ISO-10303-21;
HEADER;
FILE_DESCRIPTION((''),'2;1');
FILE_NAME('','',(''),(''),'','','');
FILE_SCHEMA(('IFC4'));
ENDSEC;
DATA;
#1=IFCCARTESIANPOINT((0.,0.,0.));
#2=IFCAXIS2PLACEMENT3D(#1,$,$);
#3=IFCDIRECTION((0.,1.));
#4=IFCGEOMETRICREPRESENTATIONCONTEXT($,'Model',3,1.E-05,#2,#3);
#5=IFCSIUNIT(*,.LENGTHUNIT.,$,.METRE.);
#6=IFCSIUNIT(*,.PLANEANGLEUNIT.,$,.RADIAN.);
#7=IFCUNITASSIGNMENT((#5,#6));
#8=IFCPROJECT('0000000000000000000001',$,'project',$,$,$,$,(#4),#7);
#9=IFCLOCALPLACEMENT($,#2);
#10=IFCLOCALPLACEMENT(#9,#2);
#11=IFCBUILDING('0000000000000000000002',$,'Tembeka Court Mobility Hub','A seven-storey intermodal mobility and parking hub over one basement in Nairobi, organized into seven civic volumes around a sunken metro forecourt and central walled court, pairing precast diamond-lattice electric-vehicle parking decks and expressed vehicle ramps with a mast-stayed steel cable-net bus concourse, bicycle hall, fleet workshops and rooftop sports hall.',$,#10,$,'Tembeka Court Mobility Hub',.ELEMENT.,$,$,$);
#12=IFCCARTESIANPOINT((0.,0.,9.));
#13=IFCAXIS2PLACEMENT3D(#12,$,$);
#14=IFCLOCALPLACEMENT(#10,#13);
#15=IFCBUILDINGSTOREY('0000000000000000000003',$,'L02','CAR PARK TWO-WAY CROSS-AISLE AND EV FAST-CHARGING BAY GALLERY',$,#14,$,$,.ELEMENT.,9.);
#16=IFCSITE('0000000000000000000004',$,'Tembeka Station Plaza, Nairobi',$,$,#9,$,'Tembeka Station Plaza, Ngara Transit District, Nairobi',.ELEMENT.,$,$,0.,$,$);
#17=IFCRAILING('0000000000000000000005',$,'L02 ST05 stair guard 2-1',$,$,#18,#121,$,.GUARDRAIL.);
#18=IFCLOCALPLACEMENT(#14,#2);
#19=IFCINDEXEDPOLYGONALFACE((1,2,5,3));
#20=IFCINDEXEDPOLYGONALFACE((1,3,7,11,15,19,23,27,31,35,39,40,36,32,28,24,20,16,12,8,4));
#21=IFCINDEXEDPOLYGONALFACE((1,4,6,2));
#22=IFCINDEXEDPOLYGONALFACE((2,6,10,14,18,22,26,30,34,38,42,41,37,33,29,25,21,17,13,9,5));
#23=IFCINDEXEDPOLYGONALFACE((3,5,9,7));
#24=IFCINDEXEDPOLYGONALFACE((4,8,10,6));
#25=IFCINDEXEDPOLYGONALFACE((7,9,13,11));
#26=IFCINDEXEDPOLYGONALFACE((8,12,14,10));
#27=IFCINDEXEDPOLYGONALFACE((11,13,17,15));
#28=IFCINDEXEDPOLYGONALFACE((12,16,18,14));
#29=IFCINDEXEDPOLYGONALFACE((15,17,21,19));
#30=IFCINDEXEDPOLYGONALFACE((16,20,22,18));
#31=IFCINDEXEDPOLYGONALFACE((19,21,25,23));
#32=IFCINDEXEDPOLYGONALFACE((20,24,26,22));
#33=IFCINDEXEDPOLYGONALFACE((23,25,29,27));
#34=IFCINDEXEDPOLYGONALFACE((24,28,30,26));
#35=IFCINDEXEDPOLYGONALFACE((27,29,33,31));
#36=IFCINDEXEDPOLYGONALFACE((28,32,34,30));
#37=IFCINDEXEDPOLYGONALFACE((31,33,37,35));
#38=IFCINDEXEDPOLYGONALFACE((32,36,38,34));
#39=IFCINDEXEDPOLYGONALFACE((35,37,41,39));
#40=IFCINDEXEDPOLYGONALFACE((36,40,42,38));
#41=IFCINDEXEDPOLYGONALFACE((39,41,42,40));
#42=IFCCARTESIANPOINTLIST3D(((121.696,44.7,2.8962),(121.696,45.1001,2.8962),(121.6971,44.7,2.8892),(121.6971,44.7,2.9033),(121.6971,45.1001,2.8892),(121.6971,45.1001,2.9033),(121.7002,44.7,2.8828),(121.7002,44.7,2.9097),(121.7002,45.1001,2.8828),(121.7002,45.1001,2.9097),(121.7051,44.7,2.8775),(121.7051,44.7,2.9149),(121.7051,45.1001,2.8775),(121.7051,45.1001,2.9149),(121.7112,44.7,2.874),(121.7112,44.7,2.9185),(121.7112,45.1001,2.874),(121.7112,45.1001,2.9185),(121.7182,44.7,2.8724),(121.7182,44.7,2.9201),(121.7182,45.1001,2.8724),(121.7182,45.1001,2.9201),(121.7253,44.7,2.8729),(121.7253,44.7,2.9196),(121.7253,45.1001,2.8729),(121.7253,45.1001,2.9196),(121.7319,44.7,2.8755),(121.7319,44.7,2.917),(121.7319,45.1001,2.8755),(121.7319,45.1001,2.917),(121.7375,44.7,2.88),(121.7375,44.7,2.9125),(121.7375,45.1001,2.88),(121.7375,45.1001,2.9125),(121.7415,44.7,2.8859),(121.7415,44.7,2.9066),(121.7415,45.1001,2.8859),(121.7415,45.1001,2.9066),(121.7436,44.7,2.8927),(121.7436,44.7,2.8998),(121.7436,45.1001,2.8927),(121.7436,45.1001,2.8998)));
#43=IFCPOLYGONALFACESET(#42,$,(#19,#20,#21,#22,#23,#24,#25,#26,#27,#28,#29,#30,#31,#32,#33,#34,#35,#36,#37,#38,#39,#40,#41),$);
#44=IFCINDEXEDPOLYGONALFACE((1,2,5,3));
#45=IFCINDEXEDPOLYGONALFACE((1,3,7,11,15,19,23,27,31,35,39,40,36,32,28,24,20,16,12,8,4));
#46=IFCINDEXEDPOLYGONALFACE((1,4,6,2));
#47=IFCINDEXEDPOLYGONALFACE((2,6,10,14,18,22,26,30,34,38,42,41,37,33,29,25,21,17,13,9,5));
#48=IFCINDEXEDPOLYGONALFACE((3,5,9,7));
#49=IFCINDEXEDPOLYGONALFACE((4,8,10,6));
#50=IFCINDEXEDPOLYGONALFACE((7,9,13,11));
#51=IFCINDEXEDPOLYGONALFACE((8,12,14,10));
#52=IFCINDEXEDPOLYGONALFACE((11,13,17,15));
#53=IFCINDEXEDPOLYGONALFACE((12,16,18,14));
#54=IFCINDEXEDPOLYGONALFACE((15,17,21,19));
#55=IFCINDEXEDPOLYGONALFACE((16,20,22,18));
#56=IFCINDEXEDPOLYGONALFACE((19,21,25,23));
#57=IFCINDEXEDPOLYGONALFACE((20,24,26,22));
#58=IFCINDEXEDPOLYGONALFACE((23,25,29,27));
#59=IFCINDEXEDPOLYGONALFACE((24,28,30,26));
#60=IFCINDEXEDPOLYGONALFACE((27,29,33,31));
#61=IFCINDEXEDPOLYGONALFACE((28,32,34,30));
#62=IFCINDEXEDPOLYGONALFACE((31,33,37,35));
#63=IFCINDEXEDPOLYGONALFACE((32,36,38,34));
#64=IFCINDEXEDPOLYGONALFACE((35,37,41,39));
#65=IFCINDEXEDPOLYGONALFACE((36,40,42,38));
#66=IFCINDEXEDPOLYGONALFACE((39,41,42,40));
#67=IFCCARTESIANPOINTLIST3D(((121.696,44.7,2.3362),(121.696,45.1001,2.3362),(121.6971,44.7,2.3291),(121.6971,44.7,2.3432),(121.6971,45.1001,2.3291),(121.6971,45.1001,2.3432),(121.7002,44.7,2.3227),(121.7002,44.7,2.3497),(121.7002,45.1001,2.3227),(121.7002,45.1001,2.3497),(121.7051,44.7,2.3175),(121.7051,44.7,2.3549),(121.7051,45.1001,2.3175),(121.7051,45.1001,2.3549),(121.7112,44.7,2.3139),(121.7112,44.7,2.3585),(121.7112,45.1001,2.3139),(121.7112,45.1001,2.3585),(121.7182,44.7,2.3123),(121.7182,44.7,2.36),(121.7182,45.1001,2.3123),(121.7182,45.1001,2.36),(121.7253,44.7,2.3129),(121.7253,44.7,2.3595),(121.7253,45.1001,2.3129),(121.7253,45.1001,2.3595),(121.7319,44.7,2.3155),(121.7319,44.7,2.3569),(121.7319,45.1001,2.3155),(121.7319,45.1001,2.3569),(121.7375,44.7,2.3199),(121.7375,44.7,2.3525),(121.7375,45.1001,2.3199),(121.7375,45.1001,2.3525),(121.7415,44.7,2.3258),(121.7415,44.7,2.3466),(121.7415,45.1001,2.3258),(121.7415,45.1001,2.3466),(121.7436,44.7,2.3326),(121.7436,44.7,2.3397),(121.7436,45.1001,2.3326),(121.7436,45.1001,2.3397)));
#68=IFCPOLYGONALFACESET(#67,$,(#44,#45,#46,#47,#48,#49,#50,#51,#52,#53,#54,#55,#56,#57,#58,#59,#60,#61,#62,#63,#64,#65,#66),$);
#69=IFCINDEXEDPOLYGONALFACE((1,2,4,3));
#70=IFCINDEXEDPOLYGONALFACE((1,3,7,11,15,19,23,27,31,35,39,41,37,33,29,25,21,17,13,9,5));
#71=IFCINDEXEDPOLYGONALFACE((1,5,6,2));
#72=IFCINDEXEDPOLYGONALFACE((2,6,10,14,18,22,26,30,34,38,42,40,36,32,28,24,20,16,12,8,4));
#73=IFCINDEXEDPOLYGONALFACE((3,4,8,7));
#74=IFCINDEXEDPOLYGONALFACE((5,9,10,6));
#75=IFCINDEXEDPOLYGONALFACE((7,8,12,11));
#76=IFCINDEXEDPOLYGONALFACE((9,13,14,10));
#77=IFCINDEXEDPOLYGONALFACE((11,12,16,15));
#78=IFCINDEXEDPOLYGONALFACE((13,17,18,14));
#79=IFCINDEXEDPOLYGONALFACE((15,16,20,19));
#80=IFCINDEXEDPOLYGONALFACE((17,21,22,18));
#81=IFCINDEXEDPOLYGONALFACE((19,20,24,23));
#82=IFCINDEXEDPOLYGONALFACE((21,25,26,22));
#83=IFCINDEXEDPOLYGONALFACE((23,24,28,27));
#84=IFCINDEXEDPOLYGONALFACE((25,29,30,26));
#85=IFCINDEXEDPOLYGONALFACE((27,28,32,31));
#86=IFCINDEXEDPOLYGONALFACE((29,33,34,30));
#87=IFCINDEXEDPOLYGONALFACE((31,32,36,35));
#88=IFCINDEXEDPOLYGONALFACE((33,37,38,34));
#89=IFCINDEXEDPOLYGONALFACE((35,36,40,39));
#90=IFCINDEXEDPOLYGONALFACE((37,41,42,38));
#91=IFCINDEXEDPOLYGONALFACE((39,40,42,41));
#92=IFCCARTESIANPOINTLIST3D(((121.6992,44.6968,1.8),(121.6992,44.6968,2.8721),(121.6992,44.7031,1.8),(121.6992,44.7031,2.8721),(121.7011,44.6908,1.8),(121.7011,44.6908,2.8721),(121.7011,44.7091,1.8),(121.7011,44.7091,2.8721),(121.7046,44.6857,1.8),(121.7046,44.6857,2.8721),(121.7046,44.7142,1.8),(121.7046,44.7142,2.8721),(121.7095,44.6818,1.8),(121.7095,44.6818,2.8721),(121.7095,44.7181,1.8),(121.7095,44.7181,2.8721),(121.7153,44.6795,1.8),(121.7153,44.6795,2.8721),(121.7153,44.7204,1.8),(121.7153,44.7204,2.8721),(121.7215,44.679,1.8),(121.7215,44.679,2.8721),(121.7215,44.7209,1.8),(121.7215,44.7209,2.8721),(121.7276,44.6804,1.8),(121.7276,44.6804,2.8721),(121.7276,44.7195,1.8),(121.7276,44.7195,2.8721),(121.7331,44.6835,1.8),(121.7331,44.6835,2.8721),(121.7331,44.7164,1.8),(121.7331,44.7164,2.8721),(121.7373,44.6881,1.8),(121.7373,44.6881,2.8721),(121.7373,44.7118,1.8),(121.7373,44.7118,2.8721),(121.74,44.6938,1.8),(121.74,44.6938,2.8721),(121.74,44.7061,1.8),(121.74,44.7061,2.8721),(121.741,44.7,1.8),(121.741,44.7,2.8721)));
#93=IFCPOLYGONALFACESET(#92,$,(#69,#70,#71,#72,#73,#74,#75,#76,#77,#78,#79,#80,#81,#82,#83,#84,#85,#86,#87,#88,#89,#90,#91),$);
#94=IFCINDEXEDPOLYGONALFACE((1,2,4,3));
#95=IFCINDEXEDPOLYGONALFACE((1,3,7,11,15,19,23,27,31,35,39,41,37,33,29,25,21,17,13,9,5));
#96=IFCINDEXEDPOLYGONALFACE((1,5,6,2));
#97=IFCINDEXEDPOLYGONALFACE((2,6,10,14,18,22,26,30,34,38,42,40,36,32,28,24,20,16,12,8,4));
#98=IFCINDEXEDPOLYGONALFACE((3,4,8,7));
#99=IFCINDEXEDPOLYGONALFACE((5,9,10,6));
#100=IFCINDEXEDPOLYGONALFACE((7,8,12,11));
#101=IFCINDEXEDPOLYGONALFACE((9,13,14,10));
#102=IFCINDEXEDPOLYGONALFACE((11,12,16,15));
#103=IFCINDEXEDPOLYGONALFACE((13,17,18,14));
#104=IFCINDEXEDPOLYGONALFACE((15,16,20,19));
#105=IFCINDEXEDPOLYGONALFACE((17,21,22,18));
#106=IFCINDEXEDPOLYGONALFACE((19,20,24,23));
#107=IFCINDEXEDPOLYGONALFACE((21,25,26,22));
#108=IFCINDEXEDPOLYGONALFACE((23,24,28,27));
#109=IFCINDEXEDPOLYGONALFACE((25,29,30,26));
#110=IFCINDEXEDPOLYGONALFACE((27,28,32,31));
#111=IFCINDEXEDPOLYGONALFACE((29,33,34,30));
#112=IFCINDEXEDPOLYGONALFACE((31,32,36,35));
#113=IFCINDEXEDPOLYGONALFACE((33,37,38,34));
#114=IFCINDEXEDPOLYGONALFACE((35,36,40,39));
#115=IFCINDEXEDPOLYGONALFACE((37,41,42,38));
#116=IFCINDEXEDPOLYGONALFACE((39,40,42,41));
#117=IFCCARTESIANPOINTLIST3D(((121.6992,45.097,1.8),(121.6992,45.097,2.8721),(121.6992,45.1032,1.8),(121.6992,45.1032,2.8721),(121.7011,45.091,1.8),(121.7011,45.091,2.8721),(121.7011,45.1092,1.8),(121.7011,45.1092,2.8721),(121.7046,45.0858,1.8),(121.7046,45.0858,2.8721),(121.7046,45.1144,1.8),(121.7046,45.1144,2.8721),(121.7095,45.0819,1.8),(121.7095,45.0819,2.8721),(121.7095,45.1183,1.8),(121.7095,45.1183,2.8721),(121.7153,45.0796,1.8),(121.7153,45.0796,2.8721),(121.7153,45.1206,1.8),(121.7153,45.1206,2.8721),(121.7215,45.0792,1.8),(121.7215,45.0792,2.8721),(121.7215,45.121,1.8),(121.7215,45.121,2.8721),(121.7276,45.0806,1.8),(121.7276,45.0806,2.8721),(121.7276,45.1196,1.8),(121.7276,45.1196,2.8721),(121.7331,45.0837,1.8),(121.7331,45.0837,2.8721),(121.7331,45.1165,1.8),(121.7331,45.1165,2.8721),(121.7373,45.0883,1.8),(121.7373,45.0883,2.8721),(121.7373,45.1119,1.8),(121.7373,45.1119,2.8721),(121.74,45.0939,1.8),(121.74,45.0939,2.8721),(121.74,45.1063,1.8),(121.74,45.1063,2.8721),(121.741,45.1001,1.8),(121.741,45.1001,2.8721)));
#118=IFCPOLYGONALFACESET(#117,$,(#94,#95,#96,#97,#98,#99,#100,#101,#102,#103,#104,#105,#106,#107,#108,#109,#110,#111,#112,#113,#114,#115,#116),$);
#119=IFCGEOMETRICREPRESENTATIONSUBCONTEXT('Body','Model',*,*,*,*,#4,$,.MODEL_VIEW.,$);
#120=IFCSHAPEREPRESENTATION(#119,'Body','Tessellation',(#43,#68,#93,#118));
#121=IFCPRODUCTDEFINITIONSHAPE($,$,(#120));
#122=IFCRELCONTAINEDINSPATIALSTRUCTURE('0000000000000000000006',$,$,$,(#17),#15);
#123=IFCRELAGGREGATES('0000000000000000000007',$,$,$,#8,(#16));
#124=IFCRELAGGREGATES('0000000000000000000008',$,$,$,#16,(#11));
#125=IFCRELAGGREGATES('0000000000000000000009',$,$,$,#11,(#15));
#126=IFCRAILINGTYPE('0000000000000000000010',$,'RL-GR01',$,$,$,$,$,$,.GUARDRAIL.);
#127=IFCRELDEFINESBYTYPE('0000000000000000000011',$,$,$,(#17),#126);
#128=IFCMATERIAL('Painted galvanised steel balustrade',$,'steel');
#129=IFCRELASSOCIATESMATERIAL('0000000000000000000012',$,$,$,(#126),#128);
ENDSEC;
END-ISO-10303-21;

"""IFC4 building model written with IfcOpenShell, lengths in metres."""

from ifc_helpers import new_model, si_unit, direction, frame, origin, origin_2d, place, context, subcontext, project, spatial, circle, extrude, material, type_object, element, save


model = new_model("IFC4")

# Units and contexts
model_context = context("Model", 3, precision=1e-05, world=origin(), true_north=direction((0.0, 1.0)))
body_context = subcontext(model_context, "Body", "Model", "MODEL_VIEW")
ifc_project = project(units=[si_unit("LENGTHUNIT", "METRE"), si_unit("PLANEANGLEUNIT", "RADIAN")], contexts=[model_context])

# Site, building, storey
site_placement = place(None, origin())
site = spatial("IfcSite", under=ifc_project, at=site_placement, Name="Tembeka Station Plaza, Nairobi", LongName="Tembeka Station Plaza, Ngara Transit District, Nairobi", CompositionType="ELEMENT", RefElevation=0.0)
building_placement = place(site_placement, origin())
building = spatial("IfcBuilding", under=site, at=building_placement, Name="Tembeka Court Mobility Hub", Description="A seven-storey intermodal mobility and parking hub over one basement in Nairobi, organized into seven civic volumes around a sunken metro forecourt and central walled court, pairing precast diamond-lattice electric-vehicle parking decks and expressed vehicle ramps with a mast-stayed steel cable-net bus concourse, bicycle hall, fleet workshops and rooftop sports hall.", LongName="Tembeka Court Mobility Hub", CompositionType="ELEMENT")
storey_placement = place(building_placement, frame((0.0, 0.0, 9.0)))
storey = spatial("IfcBuildingStorey", under=building, at=storey_placement, Name="L02", Description="CAR PARK TWO-WAY CROSS-AISLE AND EV FAST-CHARGING BAY GALLERY", CompositionType="ELEMENT", Elevation=9.0)

# Railing
ifc_material_1 = material(Name="Painted galvanised steel balustrade", Category="steel")
railing_type_1 = type_object("IfcRailingType", Name="RL-GR01", PredefinedType="GUARDRAIL", material=ifc_material_1)
railing_1_placement = place(storey_placement, frame((121.72, 44.7, 1.8)))
element("IfcRailing", 1, at=railing_1_placement, inside=storey, type_object=railing_type_1, Name="L02 ST05 stair guard 2-1", PredefinedType="GUARDRAIL", context=body_context, shape_type="SweptSolid", body=[
    extrude(circle(Radius=0.0239, at=origin_2d()), frame((0.0, 0.0, 1.0962), z_axis=(0.0, 1.0, 0.0), x_axis=(-1.0, 0.0, 0.0)), (0.0, 0.0, 1.0), 0.4001),
    extrude(circle(Radius=0.0239, at=origin_2d()), frame((0.0, 0.0, 0.5361), z_axis=(0.0, 1.0, 0.0), x_axis=(-1.0, 0.0, 0.0)), (0.0, 0.0, 1.0), 0.4001),
    extrude(circle(Radius=0.021, at=origin_2d()), origin(), (0.0, 0.0, 1.0), 1.072),
    extrude(circle(Radius=0.021, at=origin_2d()), frame((0.0, 0.4001, 0.0)), (0.0, 0.0, 1.0), 1.072),
])

save(model, "model.ifc")
